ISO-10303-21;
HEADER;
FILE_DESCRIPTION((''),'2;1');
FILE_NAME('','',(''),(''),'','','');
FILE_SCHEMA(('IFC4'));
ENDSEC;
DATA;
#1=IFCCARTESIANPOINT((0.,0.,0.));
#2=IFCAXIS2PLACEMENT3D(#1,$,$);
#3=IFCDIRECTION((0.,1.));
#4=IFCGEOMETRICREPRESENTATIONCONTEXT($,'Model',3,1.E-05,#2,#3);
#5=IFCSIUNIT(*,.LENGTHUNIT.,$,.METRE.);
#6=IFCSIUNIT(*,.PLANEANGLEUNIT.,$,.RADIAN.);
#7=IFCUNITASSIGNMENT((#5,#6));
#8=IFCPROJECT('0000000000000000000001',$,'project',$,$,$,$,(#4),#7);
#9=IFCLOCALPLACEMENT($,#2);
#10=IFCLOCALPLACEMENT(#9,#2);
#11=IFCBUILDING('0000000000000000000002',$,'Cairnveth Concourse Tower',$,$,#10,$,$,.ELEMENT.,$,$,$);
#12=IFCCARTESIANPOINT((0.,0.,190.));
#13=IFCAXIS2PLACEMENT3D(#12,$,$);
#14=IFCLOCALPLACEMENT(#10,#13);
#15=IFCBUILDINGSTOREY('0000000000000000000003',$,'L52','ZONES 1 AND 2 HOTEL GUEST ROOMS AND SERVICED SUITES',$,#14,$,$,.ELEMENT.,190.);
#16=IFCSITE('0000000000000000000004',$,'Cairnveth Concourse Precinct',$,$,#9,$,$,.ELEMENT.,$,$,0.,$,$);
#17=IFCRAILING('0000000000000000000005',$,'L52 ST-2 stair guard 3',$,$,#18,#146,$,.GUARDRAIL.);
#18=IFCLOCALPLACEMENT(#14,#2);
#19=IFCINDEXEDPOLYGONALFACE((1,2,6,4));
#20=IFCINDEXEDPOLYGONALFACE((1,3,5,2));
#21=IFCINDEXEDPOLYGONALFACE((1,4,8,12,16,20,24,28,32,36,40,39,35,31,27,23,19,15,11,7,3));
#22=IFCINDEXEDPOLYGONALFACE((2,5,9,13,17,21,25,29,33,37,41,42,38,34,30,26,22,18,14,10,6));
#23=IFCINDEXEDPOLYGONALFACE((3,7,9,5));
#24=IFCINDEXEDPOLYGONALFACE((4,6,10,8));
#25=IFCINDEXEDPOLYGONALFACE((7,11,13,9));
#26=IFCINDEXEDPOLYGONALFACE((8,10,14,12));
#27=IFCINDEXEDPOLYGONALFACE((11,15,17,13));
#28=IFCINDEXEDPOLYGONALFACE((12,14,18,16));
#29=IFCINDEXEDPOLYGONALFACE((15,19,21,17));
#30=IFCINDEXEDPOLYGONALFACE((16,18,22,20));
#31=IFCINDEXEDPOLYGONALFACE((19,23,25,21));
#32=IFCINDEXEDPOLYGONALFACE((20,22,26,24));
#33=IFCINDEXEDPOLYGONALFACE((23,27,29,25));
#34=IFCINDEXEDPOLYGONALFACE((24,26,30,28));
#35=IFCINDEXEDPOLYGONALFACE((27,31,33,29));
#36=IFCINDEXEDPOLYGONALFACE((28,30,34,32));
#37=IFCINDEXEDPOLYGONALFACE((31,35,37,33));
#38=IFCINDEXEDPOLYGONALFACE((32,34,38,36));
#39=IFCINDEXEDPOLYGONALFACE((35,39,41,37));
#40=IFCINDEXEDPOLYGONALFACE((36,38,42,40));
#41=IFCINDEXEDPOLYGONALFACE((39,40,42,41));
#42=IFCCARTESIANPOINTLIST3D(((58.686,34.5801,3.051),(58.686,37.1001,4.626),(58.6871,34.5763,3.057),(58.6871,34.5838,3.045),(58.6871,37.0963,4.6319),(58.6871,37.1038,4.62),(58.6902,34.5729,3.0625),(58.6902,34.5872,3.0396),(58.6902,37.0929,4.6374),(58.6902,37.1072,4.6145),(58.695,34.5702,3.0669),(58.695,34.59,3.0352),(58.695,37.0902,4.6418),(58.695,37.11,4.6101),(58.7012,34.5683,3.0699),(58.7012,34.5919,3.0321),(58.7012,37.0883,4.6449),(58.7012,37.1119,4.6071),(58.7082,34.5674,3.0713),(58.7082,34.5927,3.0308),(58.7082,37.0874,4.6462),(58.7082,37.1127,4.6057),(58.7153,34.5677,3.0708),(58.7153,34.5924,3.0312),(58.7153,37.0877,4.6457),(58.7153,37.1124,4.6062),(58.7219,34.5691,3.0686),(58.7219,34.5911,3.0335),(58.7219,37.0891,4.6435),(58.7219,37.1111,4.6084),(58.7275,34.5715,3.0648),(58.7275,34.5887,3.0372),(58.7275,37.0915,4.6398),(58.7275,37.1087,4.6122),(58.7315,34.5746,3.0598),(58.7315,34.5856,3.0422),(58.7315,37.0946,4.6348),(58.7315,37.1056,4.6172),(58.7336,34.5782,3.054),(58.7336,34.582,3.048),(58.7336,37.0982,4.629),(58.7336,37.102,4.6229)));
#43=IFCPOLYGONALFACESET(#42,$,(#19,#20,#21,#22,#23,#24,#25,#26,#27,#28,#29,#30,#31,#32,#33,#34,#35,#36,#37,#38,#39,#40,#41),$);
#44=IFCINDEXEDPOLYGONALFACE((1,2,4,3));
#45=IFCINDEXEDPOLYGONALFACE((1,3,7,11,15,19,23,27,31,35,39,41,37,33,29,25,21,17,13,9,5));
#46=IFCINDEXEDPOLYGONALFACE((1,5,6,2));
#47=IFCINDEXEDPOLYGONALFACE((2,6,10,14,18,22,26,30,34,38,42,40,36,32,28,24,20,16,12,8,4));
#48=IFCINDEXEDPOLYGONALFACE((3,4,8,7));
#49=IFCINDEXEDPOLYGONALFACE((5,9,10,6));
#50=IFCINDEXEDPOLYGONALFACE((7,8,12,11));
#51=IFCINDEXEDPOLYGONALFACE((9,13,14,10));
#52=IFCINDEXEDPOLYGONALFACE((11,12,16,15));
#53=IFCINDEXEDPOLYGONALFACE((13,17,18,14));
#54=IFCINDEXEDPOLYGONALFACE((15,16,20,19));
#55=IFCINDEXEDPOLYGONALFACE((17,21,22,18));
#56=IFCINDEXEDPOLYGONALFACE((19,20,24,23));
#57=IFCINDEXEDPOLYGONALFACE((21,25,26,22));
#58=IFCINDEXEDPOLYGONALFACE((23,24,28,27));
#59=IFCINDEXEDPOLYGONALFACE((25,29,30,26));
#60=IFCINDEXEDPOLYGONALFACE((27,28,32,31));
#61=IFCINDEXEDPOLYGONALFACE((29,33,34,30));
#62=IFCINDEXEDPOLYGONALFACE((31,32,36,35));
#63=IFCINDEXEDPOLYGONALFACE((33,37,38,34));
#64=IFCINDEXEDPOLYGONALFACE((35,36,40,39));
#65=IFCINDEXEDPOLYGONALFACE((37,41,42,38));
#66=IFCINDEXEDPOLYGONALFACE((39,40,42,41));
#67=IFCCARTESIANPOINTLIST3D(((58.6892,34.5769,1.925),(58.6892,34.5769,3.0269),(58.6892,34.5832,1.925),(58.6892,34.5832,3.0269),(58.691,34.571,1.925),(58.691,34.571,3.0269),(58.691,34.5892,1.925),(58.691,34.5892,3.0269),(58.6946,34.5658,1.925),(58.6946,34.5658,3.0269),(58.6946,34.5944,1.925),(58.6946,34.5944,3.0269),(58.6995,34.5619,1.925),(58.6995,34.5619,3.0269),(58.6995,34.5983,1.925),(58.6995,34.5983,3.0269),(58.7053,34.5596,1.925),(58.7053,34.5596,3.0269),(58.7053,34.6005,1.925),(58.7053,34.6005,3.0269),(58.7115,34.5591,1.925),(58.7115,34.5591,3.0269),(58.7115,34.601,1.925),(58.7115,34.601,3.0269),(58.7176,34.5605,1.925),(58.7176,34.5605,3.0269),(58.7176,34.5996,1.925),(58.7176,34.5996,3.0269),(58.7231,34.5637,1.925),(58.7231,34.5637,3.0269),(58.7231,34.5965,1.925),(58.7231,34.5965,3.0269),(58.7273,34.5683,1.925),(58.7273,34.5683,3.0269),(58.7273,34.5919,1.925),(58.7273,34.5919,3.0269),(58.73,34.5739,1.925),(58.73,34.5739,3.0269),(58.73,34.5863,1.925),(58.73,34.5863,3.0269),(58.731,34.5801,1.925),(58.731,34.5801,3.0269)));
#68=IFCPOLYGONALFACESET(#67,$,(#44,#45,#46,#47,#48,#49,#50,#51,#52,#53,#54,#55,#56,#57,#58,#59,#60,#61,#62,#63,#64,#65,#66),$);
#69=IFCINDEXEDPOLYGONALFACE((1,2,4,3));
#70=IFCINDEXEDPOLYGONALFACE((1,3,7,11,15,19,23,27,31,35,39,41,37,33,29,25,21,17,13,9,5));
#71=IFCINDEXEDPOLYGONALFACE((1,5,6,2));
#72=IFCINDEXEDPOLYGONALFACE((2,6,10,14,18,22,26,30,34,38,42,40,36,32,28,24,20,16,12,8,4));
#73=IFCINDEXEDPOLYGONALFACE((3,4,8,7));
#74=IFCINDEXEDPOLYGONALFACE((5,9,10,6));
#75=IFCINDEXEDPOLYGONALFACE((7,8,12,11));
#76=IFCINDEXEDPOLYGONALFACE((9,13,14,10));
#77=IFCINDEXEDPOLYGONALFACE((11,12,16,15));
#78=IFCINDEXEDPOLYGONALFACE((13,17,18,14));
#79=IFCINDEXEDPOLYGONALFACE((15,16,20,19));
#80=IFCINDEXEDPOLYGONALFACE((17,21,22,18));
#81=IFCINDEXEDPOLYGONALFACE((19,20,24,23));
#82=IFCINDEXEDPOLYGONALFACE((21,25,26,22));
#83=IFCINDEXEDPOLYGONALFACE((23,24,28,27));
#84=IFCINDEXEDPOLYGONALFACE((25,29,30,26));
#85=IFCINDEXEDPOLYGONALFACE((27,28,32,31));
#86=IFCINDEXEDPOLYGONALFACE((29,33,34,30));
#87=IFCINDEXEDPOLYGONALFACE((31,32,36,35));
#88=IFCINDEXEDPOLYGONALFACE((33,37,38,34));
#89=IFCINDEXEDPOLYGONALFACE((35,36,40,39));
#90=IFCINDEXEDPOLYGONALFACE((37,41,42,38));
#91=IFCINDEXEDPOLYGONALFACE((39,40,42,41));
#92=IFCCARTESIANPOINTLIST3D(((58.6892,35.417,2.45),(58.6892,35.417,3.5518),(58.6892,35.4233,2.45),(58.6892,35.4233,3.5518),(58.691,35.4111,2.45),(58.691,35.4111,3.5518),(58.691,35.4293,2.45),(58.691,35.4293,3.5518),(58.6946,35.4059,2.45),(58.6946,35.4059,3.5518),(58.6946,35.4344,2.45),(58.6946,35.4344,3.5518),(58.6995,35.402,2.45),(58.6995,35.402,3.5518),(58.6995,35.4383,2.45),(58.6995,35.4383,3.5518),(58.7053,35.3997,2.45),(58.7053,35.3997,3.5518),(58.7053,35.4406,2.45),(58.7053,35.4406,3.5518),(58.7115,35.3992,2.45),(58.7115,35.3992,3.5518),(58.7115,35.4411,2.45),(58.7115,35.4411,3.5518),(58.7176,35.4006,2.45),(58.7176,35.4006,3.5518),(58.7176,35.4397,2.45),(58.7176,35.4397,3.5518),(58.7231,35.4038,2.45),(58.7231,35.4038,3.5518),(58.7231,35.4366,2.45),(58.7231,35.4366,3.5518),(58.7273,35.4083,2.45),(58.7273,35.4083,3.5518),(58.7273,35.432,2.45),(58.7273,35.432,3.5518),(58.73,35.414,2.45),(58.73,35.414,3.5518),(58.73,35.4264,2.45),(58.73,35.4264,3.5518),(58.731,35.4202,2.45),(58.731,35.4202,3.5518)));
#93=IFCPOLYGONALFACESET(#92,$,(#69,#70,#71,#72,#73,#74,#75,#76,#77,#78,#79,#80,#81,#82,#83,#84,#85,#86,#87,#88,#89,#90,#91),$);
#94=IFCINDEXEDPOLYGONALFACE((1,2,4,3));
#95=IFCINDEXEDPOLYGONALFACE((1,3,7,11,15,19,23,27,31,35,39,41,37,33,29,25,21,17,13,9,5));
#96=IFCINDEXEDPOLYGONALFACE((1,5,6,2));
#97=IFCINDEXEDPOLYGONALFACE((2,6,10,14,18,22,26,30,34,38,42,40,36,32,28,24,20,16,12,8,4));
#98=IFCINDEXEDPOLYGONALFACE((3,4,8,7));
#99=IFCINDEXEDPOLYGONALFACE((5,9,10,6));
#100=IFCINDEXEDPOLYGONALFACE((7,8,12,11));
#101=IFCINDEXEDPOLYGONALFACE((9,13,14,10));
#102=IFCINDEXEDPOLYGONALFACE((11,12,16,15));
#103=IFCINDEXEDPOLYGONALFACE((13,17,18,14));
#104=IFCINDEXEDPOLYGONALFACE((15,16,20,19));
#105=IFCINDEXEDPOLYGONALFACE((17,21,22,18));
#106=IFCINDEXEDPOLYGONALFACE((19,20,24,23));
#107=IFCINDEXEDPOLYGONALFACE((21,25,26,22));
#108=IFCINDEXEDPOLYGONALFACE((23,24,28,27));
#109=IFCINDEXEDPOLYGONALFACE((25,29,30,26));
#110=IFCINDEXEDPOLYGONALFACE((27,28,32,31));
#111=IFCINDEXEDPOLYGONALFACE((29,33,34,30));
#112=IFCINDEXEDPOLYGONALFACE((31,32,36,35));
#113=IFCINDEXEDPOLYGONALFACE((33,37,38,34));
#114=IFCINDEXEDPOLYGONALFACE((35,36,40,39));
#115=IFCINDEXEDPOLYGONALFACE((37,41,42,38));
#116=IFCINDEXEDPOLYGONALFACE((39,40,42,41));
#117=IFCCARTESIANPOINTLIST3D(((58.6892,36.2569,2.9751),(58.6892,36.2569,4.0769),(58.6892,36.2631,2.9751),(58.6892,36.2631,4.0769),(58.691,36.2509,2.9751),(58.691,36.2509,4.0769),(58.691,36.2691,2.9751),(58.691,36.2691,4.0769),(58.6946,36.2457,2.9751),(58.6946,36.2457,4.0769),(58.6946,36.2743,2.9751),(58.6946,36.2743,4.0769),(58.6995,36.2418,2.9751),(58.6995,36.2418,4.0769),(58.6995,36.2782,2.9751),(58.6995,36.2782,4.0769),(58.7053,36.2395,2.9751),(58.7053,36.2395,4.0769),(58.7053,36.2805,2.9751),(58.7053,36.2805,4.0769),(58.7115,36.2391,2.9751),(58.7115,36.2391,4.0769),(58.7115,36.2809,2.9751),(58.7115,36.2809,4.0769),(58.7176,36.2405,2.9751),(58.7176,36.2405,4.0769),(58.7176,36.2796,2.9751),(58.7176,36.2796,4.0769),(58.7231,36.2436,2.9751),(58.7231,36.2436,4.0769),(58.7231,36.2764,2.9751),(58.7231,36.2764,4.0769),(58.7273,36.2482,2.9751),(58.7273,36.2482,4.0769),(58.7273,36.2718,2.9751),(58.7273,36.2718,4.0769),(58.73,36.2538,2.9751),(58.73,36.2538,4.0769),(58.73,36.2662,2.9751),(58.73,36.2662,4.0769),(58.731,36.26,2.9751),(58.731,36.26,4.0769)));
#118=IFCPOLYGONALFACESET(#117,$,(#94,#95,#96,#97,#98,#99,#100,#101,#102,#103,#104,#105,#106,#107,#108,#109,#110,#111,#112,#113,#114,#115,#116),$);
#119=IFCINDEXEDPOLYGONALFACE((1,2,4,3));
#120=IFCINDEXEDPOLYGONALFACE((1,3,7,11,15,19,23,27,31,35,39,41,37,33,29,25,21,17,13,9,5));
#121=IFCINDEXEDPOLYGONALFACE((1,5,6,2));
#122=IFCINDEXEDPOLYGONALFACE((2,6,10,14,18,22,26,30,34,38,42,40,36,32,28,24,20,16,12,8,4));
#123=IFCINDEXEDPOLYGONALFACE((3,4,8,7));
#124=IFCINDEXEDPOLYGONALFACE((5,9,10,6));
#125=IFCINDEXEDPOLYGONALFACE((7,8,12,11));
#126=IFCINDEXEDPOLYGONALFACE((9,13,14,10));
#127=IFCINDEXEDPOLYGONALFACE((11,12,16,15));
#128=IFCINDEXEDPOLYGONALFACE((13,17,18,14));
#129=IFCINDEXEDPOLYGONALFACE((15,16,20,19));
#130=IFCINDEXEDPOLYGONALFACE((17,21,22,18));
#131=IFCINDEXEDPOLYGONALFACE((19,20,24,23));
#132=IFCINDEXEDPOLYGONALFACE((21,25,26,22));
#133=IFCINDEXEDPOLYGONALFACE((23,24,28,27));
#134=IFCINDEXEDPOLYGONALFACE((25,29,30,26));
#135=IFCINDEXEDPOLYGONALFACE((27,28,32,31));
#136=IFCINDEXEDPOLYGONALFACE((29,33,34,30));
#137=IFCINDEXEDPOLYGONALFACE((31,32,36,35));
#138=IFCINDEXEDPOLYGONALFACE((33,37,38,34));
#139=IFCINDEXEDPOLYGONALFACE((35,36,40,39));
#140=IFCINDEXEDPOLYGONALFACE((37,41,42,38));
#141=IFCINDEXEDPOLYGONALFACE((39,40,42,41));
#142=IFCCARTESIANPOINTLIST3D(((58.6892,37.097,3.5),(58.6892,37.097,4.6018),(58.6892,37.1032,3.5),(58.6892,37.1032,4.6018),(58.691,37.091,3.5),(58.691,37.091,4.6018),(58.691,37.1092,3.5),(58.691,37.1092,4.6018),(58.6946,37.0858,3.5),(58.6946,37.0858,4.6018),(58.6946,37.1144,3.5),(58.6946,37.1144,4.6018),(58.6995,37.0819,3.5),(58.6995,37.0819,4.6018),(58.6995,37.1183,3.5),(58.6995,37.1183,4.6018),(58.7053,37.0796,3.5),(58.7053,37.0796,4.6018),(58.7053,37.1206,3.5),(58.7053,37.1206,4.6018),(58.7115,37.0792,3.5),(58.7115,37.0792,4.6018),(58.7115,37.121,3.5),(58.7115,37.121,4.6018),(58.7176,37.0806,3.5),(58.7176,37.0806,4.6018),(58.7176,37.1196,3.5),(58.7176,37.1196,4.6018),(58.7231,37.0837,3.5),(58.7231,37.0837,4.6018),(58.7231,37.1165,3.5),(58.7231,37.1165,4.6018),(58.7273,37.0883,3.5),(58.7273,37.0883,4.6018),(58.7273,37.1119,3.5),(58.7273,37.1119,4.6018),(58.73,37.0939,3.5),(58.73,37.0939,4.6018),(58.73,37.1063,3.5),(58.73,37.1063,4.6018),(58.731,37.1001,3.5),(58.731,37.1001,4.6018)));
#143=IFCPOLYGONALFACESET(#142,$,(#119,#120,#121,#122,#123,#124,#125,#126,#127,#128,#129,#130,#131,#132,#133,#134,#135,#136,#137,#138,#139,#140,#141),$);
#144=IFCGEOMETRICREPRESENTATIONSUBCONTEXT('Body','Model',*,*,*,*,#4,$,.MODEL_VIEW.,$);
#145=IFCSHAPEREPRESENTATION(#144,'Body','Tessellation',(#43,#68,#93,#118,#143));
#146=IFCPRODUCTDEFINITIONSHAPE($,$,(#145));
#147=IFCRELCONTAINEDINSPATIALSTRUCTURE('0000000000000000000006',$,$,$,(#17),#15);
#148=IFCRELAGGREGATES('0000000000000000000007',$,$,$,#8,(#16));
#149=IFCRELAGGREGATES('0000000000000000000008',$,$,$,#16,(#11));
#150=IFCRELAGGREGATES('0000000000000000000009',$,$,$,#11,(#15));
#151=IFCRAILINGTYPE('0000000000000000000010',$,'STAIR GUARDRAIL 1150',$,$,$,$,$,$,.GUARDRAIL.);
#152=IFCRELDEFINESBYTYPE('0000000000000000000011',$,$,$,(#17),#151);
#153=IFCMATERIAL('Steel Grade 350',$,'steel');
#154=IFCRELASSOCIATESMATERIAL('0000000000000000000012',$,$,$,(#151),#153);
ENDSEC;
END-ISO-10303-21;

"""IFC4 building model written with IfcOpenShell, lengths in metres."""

from ifc_helpers import new_model, si_unit, direction, frame, origin, origin_2d, place, context, subcontext, project, spatial, circle, extrude, material, type_object, element, save


model = new_model("IFC4")

# Units and contexts
model_context = context("Model", 3, precision=1e-05, world=origin(), true_north=direction((0.0, 1.0)))
body_context = subcontext(model_context, "Body", "Model", "MODEL_VIEW")
ifc_project = project(units=[si_unit("LENGTHUNIT", "METRE"), si_unit("PLANEANGLEUNIT", "RADIAN")], contexts=[model_context])

# Site, building, storey
site_placement = place(None, origin())
site = spatial("IfcSite", under=ifc_project, at=site_placement, Name="Cairnveth Concourse Precinct", CompositionType="ELEMENT", RefElevation=0.0)
building_placement = place(site_placement, origin())
building = spatial("IfcBuilding", under=site, at=building_placement, Name="Cairnveth Concourse Tower", CompositionType="ELEMENT")
storey_placement = place(building_placement, frame((0.0, 0.0, 190.0)))
storey = spatial("IfcBuildingStorey", under=building, at=storey_placement, Name="L52", Description="ZONES 1 AND 2 HOTEL GUEST ROOMS AND SERVICED SUITES", CompositionType="ELEMENT", Elevation=190.0)

# Shared definitions
ifc_material_1 = material(Name="Steel Grade 350", Category="steel")

# Railing
railing_type_1 = type_object("IfcRailingType", Name="STAIR GUARDRAIL 1150", PredefinedType="GUARDRAIL", material=ifc_material_1)
railing_1_placement = place(storey_placement, frame((58.71, 34.5801, 1.925)))
element("IfcRailing", 1, at=railing_1_placement, inside=storey, type_object=railing_type_1, Name="L52 ST-2 stair guard 3", PredefinedType="GUARDRAIL", context=body_context, shape_type="SweptSolid", body=[
    extrude(circle(Radius=0.0239, at=origin_2d()), frame((0.0, 0.0, 1.126), z_axis=(0.0, 0.848008, 0.529984), x_axis=(-1.0, 0.0, 0.0)), (0.0, 0.0, 1.0), 2.9717),
    extrude(circle(Radius=0.021, at=origin_2d()), origin(), (0.0, 0.0, 1.0), 1.1018),
    extrude(circle(Radius=0.021, at=origin_2d()), frame((0.0, 0.8401, 0.5249)), (0.0, 0.0, 1.0), 1.1018),
    extrude(circle(Radius=0.021, at=origin_2d()), frame((0.0, 1.6799, 1.05)), (0.0, 0.0, 1.0), 1.1018),
    extrude(circle(Radius=0.021, at=origin_2d()), frame((0.0, 2.52, 1.575)), (0.0, 0.0, 1.0), 1.1018),
])

save(model, "model.ifc")
